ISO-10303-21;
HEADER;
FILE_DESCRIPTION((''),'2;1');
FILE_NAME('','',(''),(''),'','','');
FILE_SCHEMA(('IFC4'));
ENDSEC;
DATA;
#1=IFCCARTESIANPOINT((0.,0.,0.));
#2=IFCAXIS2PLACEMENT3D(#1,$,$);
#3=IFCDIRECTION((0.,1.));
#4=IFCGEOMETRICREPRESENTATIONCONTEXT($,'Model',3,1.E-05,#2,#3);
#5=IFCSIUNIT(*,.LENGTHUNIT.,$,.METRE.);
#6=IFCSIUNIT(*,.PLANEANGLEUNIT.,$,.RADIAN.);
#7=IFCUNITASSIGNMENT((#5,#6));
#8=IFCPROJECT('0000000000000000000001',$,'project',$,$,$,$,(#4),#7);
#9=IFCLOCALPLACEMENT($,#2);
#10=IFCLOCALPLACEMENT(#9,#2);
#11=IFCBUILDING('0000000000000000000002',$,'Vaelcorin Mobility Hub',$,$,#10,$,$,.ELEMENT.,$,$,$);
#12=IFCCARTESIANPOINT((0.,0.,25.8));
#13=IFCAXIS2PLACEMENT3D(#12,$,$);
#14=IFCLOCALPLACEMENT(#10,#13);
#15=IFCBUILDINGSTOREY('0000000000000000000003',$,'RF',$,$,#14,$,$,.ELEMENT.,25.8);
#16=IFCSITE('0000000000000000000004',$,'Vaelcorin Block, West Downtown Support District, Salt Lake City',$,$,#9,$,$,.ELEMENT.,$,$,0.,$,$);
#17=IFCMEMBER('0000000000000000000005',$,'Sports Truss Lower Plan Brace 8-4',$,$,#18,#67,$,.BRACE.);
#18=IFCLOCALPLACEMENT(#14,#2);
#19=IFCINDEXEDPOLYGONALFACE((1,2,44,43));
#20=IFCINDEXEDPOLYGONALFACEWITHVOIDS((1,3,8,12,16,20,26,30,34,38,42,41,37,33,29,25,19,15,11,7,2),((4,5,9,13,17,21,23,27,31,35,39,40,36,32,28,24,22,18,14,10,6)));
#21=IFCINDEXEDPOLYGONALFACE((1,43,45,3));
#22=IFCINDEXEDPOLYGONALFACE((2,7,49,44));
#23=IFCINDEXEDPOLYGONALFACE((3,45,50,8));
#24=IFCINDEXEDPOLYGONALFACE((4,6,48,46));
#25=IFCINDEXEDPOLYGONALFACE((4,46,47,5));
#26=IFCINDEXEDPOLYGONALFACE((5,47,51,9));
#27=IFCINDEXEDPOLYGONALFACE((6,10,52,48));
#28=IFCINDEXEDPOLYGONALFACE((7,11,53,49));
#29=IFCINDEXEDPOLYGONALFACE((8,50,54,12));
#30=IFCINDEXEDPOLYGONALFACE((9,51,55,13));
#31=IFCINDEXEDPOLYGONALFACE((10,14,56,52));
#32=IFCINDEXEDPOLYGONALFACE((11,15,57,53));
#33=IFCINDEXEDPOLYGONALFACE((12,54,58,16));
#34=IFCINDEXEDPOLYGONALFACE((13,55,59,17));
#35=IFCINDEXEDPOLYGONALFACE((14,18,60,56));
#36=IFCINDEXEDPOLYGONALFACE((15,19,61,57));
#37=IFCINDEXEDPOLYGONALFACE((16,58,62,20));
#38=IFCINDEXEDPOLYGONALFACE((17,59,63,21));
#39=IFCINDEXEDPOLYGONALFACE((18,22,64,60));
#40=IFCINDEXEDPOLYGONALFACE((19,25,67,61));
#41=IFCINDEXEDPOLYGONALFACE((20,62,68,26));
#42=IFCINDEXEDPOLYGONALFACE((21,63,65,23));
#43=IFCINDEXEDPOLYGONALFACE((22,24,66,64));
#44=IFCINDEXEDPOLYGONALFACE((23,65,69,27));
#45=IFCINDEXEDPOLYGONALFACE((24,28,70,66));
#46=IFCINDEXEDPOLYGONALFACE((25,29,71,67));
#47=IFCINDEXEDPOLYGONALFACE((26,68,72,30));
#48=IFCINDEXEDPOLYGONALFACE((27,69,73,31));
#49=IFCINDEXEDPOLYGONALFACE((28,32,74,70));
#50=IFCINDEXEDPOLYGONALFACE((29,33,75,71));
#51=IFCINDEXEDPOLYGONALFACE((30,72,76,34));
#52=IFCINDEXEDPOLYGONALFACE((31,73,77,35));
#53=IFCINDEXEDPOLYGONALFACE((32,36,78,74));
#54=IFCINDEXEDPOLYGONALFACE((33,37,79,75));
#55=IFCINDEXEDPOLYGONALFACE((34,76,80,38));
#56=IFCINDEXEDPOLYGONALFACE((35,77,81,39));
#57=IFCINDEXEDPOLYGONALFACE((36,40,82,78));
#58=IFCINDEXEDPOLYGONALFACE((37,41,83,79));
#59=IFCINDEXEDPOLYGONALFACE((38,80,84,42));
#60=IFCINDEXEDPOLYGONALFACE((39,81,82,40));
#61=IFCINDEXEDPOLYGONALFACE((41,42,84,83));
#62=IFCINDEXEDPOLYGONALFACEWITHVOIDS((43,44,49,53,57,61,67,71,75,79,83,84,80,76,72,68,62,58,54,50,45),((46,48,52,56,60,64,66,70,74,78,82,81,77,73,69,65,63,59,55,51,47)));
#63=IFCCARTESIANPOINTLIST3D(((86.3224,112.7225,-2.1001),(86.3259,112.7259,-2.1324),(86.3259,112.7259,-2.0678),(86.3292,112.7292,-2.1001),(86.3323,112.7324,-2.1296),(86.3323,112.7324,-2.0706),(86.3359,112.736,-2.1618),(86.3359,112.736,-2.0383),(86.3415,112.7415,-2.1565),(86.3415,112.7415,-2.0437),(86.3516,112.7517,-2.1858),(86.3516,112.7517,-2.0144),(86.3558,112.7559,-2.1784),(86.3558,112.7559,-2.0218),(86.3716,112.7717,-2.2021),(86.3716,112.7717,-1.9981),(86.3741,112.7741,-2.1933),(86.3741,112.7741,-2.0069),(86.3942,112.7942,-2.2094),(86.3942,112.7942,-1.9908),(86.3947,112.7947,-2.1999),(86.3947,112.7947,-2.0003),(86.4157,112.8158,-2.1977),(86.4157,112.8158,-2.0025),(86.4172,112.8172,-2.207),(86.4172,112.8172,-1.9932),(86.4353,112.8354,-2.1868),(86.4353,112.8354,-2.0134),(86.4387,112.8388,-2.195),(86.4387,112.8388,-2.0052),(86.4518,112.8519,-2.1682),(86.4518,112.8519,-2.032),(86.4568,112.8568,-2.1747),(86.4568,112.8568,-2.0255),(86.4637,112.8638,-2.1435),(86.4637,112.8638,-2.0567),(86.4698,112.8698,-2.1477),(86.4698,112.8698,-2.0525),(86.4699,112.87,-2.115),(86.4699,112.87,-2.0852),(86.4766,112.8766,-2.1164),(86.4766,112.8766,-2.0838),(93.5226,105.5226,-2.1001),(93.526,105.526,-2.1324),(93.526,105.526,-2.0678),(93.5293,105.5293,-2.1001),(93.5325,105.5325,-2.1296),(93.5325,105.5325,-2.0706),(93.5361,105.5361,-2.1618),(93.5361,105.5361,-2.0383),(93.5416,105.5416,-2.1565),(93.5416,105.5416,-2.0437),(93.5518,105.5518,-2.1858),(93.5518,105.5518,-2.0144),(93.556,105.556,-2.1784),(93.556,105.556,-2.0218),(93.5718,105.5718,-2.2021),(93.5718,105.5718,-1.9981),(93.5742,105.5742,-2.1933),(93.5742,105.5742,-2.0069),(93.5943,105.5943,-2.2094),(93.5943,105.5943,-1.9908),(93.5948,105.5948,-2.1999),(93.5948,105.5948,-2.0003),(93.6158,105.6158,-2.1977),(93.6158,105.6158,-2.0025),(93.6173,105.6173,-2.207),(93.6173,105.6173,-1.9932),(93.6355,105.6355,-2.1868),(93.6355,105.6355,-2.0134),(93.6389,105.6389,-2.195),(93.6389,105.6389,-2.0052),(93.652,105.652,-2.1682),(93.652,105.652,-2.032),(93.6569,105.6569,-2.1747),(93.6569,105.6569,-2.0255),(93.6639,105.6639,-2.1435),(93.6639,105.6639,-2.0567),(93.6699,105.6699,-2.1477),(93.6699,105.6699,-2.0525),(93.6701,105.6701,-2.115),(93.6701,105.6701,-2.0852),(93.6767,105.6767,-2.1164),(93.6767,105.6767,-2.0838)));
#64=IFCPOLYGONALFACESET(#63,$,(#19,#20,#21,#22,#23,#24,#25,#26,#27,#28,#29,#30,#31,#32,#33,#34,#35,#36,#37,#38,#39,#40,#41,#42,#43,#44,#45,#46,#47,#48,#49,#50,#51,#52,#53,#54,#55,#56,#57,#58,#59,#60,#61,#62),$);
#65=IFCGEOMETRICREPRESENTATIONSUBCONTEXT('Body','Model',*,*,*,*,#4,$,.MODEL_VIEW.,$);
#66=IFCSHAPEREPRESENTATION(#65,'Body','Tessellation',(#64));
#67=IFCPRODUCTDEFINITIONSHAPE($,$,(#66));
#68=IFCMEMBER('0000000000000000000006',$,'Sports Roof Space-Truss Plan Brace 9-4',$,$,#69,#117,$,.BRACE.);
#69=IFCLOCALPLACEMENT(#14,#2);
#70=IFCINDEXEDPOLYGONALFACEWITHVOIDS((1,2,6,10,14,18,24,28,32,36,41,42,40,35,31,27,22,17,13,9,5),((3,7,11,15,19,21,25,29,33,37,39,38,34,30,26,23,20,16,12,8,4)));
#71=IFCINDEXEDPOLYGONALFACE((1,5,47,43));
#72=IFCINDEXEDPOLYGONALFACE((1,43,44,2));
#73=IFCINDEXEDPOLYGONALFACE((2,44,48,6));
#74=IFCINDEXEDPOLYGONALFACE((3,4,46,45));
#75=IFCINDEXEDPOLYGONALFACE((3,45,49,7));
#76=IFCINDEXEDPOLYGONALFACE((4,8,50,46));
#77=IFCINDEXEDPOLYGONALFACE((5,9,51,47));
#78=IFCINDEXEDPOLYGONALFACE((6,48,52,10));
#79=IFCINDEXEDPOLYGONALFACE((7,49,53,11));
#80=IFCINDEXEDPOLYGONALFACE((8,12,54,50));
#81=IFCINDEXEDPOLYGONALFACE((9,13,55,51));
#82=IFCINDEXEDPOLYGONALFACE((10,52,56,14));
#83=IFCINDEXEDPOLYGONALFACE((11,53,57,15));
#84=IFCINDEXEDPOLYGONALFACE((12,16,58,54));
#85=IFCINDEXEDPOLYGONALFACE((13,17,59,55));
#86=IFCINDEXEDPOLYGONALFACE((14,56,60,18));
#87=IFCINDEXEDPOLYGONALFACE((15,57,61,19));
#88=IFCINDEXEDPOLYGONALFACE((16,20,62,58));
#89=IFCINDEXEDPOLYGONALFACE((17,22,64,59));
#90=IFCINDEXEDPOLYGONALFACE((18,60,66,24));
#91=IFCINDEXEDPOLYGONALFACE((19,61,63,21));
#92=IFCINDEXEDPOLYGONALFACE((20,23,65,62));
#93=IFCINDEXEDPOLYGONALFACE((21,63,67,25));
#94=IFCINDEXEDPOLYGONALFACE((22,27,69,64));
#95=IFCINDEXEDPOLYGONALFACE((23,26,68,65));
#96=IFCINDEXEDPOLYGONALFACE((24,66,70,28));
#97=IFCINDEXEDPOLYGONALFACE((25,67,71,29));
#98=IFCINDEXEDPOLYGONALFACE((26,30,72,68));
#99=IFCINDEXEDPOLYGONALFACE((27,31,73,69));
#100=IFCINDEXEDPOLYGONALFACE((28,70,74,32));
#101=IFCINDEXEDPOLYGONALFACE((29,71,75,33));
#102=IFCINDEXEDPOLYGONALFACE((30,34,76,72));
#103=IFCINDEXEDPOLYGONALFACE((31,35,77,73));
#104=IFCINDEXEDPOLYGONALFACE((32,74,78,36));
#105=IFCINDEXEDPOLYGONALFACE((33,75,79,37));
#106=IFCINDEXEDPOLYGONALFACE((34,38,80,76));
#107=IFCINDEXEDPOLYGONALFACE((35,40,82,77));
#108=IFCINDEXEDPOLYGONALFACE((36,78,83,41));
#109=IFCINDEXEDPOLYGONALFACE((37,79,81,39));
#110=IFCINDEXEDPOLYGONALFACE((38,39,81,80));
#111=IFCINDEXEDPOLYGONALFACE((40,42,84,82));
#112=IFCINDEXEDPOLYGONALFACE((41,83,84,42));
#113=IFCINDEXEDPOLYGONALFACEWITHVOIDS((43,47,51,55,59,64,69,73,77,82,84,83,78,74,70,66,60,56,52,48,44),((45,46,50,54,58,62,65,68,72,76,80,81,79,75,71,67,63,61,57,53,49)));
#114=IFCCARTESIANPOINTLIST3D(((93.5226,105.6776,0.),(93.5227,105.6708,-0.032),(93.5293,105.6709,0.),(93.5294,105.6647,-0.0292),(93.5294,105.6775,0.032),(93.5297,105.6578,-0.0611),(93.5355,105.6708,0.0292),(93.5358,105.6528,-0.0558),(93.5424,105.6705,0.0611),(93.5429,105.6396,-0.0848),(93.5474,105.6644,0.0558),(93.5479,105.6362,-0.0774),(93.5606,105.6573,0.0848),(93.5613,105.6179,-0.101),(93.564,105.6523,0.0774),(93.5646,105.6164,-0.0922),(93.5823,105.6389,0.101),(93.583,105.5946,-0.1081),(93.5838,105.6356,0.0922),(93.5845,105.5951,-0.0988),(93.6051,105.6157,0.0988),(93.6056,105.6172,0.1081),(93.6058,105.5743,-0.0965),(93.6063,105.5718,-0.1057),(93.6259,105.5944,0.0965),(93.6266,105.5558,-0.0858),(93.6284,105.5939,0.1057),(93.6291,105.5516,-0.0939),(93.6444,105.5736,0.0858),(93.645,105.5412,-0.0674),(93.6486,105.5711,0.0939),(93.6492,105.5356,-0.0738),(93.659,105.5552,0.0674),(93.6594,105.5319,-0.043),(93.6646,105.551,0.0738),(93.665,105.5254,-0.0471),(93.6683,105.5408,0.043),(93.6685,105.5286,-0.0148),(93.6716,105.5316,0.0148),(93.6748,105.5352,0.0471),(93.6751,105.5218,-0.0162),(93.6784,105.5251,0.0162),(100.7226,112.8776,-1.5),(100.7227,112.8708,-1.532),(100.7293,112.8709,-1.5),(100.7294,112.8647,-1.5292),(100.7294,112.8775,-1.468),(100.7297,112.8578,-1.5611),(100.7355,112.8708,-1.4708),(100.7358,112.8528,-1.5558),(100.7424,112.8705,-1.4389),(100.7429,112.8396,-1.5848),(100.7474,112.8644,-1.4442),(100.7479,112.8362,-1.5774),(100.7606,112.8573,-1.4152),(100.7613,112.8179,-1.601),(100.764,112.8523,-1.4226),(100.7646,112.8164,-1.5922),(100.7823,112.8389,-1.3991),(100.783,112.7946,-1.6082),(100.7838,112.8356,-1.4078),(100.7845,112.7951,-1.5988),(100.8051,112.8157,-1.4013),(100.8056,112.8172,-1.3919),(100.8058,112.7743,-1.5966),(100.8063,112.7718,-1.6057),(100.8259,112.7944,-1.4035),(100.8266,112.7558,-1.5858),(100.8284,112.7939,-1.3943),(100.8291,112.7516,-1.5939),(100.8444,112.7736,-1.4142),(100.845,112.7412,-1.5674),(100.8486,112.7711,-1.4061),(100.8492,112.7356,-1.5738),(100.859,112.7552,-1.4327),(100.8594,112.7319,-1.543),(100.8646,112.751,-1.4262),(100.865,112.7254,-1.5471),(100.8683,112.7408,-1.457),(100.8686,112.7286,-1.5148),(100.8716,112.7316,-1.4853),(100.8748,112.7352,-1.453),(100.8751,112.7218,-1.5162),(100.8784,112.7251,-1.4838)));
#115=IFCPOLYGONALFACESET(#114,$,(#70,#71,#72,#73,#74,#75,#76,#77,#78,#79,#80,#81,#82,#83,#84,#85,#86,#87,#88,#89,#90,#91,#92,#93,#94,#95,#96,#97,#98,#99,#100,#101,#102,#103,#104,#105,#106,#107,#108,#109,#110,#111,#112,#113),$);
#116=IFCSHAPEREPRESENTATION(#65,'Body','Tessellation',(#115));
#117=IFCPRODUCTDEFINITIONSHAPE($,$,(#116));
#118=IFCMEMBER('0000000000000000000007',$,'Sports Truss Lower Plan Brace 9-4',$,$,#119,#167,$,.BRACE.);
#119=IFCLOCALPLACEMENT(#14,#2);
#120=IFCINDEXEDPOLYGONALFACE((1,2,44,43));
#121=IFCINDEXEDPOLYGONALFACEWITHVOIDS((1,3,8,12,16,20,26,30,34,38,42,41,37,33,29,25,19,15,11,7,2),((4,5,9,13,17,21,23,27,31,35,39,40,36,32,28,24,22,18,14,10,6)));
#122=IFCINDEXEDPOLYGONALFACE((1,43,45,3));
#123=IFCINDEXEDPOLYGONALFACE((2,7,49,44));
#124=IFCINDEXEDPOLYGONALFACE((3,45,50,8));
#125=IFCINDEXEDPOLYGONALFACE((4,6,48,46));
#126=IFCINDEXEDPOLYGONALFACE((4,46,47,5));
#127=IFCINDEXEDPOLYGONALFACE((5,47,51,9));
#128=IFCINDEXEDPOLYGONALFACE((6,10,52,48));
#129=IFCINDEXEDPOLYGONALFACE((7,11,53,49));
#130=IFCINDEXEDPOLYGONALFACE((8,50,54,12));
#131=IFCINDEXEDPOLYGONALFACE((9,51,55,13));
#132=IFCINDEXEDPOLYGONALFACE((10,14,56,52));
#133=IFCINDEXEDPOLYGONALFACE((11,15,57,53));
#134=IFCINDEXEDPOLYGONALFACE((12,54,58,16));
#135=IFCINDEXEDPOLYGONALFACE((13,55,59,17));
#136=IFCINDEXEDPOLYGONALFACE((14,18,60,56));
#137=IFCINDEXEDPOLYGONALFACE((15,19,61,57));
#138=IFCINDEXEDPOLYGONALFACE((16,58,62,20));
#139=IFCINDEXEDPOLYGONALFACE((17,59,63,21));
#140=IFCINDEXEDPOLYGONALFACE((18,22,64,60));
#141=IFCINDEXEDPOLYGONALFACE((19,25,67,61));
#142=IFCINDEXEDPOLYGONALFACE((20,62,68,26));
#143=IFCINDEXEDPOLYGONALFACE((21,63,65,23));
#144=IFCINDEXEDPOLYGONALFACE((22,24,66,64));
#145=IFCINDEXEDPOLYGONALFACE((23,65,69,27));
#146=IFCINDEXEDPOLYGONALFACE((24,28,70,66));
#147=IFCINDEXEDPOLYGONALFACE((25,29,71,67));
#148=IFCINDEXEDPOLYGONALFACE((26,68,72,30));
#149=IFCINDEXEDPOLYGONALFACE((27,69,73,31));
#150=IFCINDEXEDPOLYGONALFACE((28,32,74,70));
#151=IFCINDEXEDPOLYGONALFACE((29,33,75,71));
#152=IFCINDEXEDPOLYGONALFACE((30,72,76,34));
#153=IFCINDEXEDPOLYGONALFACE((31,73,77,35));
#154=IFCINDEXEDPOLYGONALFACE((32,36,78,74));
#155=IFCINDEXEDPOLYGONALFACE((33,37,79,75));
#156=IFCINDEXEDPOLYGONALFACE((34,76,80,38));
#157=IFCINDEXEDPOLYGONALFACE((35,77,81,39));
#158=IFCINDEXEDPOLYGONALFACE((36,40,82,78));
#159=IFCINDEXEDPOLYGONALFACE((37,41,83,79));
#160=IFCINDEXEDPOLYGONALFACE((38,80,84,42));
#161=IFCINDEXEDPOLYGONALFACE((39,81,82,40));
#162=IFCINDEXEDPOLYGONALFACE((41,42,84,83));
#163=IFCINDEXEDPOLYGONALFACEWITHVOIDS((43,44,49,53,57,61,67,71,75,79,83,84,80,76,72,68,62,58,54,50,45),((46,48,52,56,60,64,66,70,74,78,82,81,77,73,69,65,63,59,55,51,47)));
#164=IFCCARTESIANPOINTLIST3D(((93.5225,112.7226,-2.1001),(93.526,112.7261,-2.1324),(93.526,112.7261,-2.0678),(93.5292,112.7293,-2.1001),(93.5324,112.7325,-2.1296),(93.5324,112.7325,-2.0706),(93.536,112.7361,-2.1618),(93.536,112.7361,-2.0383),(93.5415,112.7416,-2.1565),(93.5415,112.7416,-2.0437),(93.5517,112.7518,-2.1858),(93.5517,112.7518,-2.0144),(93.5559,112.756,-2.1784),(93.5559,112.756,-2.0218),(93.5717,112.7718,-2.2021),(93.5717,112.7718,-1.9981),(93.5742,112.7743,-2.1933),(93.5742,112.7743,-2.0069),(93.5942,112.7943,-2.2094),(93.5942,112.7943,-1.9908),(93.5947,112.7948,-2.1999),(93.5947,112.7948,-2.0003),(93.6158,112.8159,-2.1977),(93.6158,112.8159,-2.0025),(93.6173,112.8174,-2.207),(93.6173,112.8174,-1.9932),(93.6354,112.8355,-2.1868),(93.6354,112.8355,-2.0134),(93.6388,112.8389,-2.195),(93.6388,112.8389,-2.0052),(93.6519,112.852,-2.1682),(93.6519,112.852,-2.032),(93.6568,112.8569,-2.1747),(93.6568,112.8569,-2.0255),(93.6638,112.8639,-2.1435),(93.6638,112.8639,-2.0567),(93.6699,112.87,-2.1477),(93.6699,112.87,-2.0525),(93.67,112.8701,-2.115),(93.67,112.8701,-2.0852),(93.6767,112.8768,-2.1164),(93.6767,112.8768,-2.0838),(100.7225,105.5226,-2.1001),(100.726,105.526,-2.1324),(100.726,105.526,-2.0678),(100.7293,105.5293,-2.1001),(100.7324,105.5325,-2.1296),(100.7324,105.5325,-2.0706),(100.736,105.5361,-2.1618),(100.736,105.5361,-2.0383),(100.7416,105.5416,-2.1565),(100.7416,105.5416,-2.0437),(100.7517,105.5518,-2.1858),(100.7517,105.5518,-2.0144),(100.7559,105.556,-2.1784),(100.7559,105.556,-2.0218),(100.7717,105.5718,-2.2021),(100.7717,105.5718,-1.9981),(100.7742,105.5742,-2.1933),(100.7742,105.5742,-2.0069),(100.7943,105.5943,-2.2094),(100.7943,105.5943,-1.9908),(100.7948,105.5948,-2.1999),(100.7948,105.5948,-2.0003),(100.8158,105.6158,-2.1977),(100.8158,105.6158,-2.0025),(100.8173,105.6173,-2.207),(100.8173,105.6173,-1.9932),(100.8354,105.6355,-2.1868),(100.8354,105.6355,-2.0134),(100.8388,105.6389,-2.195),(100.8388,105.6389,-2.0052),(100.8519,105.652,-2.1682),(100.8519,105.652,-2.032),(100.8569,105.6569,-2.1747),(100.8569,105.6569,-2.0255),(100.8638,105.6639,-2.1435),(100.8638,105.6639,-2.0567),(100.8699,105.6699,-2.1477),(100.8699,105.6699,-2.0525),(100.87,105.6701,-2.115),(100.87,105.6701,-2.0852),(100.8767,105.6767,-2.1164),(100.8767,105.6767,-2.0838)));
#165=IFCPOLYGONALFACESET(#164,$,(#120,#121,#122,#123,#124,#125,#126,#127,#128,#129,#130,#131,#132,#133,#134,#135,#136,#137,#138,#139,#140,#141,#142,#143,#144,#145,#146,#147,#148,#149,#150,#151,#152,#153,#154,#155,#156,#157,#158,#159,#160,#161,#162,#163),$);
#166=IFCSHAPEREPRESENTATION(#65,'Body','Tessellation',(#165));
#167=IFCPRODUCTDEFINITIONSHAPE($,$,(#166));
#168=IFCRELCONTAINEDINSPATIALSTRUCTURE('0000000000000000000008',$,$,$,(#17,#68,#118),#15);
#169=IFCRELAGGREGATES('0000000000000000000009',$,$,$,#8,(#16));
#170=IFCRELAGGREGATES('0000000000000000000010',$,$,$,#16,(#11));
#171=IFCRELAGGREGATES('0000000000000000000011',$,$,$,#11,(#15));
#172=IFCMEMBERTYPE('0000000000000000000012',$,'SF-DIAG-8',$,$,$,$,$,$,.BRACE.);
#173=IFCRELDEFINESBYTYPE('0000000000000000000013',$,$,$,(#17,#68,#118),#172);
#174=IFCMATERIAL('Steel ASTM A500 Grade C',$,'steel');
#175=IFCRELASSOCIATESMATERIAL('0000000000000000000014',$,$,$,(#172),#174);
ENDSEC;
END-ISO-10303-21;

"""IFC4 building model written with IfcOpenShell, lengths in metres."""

from ifc_helpers import new_model, si_unit, direction, frame, origin, origin_2d, place, context, subcontext, project, spatial, hollow_circle, extrude, material, material_profile, profile_set, type_object, element, save


model = new_model("IFC4")

# Units and contexts
model_context = context("Model", 3, precision=1e-05, world=origin(), true_north=direction((0.0, 1.0)))
body_context = subcontext(model_context, "Body", "Model", "MODEL_VIEW")
ifc_project = project(units=[si_unit("LENGTHUNIT", "METRE"), si_unit("PLANEANGLEUNIT", "RADIAN")], contexts=[model_context])

# Site, building, storey
site_placement = place(None, origin())
site = spatial("IfcSite", under=ifc_project, at=site_placement, Name="Vaelcorin Block, West Downtown Support District, Salt Lake City", CompositionType="ELEMENT", RefElevation=0.0)
building_placement = place(site_placement, origin())
building = spatial("IfcBuilding", under=site, at=building_placement, Name="Vaelcorin Mobility Hub", CompositionType="ELEMENT")
storey_placement = place(building_placement, frame((0.0, 0.0, 25.8)))
storey = spatial("IfcBuildingStorey", under=building, at=storey_placement, Name="RF", CompositionType="ELEMENT", Elevation=25.8)

# Members
ifc_material_1 = material(Name="Steel ASTM A500 Grade C", Category="steel")
ifc_material_profile_1 = material_profile(ifc_material_1, hollow_circle(Radius=0.1096, WallThickness=0.0095, at=origin_2d()), Name="HSS8.625X0.375")
ifc_profile_set_1 = profile_set([ifc_material_profile_1], Name="Steel ASTM A500 Grade C")
member_type_1 = type_object("IfcMemberType", Name="SF-DIAG-8", PredefinedType="BRACE", material=ifc_profile_set_1)
member_1_placement = place(storey_placement, frame((93.6001, 105.6001, -2.1001), z_axis=(-0.707119, 0.707095, 0.0), x_axis=(-0.707095, -0.707119, 0.0)))
element("IfcMember", 1, at=member_1_placement, inside=storey, type_object=member_type_1, Name="Sports Truss Lower Plan Brace 8-4", PredefinedType="BRACE", context=body_context, shape_type="SweptSolid", body=[
    extrude(hollow_circle(Radius=0.1096, WallThickness=0.0095, at=origin_2d()), origin(), (0.0, 0.0, 1.0), 10.1824),
])
member_2_placement = place(storey_placement, frame((93.6001, 105.6001, 0.0), z_axis=(0.699557, 0.699557, -0.145742), x_axis=(-0.707107, 0.707107, 0.0)))
element("IfcMember", 2, at=member_2_placement, inside=storey, type_object=member_type_1, Name="Sports Roof Space-Truss Plan Brace 9-4", PredefinedType="BRACE", context=body_context, shape_type="SweptSolid", body=[
    extrude(hollow_circle(Radius=0.1096, WallThickness=0.0095, at=origin_2d()), origin(), (0.0, 0.0, 1.0), 10.2922),
])
member_3_placement = place(storey_placement, frame((100.8, 105.6001, -2.1001), z_axis=(-0.707107, 0.707107, 0.0), x_axis=(-0.707107, -0.707107, 0.0)))
element("IfcMember", 3, at=member_3_placement, inside=storey, type_object=member_type_1, Name="Sports Truss Lower Plan Brace 9-4", PredefinedType="BRACE", context=body_context, shape_type="SweptSolid", body=[
    extrude(hollow_circle(Radius=0.1096, WallThickness=0.0095, at=origin_2d()), origin(), (0.0, 0.0, 1.0), 10.1824),
])

save(model, "model.ifc")
